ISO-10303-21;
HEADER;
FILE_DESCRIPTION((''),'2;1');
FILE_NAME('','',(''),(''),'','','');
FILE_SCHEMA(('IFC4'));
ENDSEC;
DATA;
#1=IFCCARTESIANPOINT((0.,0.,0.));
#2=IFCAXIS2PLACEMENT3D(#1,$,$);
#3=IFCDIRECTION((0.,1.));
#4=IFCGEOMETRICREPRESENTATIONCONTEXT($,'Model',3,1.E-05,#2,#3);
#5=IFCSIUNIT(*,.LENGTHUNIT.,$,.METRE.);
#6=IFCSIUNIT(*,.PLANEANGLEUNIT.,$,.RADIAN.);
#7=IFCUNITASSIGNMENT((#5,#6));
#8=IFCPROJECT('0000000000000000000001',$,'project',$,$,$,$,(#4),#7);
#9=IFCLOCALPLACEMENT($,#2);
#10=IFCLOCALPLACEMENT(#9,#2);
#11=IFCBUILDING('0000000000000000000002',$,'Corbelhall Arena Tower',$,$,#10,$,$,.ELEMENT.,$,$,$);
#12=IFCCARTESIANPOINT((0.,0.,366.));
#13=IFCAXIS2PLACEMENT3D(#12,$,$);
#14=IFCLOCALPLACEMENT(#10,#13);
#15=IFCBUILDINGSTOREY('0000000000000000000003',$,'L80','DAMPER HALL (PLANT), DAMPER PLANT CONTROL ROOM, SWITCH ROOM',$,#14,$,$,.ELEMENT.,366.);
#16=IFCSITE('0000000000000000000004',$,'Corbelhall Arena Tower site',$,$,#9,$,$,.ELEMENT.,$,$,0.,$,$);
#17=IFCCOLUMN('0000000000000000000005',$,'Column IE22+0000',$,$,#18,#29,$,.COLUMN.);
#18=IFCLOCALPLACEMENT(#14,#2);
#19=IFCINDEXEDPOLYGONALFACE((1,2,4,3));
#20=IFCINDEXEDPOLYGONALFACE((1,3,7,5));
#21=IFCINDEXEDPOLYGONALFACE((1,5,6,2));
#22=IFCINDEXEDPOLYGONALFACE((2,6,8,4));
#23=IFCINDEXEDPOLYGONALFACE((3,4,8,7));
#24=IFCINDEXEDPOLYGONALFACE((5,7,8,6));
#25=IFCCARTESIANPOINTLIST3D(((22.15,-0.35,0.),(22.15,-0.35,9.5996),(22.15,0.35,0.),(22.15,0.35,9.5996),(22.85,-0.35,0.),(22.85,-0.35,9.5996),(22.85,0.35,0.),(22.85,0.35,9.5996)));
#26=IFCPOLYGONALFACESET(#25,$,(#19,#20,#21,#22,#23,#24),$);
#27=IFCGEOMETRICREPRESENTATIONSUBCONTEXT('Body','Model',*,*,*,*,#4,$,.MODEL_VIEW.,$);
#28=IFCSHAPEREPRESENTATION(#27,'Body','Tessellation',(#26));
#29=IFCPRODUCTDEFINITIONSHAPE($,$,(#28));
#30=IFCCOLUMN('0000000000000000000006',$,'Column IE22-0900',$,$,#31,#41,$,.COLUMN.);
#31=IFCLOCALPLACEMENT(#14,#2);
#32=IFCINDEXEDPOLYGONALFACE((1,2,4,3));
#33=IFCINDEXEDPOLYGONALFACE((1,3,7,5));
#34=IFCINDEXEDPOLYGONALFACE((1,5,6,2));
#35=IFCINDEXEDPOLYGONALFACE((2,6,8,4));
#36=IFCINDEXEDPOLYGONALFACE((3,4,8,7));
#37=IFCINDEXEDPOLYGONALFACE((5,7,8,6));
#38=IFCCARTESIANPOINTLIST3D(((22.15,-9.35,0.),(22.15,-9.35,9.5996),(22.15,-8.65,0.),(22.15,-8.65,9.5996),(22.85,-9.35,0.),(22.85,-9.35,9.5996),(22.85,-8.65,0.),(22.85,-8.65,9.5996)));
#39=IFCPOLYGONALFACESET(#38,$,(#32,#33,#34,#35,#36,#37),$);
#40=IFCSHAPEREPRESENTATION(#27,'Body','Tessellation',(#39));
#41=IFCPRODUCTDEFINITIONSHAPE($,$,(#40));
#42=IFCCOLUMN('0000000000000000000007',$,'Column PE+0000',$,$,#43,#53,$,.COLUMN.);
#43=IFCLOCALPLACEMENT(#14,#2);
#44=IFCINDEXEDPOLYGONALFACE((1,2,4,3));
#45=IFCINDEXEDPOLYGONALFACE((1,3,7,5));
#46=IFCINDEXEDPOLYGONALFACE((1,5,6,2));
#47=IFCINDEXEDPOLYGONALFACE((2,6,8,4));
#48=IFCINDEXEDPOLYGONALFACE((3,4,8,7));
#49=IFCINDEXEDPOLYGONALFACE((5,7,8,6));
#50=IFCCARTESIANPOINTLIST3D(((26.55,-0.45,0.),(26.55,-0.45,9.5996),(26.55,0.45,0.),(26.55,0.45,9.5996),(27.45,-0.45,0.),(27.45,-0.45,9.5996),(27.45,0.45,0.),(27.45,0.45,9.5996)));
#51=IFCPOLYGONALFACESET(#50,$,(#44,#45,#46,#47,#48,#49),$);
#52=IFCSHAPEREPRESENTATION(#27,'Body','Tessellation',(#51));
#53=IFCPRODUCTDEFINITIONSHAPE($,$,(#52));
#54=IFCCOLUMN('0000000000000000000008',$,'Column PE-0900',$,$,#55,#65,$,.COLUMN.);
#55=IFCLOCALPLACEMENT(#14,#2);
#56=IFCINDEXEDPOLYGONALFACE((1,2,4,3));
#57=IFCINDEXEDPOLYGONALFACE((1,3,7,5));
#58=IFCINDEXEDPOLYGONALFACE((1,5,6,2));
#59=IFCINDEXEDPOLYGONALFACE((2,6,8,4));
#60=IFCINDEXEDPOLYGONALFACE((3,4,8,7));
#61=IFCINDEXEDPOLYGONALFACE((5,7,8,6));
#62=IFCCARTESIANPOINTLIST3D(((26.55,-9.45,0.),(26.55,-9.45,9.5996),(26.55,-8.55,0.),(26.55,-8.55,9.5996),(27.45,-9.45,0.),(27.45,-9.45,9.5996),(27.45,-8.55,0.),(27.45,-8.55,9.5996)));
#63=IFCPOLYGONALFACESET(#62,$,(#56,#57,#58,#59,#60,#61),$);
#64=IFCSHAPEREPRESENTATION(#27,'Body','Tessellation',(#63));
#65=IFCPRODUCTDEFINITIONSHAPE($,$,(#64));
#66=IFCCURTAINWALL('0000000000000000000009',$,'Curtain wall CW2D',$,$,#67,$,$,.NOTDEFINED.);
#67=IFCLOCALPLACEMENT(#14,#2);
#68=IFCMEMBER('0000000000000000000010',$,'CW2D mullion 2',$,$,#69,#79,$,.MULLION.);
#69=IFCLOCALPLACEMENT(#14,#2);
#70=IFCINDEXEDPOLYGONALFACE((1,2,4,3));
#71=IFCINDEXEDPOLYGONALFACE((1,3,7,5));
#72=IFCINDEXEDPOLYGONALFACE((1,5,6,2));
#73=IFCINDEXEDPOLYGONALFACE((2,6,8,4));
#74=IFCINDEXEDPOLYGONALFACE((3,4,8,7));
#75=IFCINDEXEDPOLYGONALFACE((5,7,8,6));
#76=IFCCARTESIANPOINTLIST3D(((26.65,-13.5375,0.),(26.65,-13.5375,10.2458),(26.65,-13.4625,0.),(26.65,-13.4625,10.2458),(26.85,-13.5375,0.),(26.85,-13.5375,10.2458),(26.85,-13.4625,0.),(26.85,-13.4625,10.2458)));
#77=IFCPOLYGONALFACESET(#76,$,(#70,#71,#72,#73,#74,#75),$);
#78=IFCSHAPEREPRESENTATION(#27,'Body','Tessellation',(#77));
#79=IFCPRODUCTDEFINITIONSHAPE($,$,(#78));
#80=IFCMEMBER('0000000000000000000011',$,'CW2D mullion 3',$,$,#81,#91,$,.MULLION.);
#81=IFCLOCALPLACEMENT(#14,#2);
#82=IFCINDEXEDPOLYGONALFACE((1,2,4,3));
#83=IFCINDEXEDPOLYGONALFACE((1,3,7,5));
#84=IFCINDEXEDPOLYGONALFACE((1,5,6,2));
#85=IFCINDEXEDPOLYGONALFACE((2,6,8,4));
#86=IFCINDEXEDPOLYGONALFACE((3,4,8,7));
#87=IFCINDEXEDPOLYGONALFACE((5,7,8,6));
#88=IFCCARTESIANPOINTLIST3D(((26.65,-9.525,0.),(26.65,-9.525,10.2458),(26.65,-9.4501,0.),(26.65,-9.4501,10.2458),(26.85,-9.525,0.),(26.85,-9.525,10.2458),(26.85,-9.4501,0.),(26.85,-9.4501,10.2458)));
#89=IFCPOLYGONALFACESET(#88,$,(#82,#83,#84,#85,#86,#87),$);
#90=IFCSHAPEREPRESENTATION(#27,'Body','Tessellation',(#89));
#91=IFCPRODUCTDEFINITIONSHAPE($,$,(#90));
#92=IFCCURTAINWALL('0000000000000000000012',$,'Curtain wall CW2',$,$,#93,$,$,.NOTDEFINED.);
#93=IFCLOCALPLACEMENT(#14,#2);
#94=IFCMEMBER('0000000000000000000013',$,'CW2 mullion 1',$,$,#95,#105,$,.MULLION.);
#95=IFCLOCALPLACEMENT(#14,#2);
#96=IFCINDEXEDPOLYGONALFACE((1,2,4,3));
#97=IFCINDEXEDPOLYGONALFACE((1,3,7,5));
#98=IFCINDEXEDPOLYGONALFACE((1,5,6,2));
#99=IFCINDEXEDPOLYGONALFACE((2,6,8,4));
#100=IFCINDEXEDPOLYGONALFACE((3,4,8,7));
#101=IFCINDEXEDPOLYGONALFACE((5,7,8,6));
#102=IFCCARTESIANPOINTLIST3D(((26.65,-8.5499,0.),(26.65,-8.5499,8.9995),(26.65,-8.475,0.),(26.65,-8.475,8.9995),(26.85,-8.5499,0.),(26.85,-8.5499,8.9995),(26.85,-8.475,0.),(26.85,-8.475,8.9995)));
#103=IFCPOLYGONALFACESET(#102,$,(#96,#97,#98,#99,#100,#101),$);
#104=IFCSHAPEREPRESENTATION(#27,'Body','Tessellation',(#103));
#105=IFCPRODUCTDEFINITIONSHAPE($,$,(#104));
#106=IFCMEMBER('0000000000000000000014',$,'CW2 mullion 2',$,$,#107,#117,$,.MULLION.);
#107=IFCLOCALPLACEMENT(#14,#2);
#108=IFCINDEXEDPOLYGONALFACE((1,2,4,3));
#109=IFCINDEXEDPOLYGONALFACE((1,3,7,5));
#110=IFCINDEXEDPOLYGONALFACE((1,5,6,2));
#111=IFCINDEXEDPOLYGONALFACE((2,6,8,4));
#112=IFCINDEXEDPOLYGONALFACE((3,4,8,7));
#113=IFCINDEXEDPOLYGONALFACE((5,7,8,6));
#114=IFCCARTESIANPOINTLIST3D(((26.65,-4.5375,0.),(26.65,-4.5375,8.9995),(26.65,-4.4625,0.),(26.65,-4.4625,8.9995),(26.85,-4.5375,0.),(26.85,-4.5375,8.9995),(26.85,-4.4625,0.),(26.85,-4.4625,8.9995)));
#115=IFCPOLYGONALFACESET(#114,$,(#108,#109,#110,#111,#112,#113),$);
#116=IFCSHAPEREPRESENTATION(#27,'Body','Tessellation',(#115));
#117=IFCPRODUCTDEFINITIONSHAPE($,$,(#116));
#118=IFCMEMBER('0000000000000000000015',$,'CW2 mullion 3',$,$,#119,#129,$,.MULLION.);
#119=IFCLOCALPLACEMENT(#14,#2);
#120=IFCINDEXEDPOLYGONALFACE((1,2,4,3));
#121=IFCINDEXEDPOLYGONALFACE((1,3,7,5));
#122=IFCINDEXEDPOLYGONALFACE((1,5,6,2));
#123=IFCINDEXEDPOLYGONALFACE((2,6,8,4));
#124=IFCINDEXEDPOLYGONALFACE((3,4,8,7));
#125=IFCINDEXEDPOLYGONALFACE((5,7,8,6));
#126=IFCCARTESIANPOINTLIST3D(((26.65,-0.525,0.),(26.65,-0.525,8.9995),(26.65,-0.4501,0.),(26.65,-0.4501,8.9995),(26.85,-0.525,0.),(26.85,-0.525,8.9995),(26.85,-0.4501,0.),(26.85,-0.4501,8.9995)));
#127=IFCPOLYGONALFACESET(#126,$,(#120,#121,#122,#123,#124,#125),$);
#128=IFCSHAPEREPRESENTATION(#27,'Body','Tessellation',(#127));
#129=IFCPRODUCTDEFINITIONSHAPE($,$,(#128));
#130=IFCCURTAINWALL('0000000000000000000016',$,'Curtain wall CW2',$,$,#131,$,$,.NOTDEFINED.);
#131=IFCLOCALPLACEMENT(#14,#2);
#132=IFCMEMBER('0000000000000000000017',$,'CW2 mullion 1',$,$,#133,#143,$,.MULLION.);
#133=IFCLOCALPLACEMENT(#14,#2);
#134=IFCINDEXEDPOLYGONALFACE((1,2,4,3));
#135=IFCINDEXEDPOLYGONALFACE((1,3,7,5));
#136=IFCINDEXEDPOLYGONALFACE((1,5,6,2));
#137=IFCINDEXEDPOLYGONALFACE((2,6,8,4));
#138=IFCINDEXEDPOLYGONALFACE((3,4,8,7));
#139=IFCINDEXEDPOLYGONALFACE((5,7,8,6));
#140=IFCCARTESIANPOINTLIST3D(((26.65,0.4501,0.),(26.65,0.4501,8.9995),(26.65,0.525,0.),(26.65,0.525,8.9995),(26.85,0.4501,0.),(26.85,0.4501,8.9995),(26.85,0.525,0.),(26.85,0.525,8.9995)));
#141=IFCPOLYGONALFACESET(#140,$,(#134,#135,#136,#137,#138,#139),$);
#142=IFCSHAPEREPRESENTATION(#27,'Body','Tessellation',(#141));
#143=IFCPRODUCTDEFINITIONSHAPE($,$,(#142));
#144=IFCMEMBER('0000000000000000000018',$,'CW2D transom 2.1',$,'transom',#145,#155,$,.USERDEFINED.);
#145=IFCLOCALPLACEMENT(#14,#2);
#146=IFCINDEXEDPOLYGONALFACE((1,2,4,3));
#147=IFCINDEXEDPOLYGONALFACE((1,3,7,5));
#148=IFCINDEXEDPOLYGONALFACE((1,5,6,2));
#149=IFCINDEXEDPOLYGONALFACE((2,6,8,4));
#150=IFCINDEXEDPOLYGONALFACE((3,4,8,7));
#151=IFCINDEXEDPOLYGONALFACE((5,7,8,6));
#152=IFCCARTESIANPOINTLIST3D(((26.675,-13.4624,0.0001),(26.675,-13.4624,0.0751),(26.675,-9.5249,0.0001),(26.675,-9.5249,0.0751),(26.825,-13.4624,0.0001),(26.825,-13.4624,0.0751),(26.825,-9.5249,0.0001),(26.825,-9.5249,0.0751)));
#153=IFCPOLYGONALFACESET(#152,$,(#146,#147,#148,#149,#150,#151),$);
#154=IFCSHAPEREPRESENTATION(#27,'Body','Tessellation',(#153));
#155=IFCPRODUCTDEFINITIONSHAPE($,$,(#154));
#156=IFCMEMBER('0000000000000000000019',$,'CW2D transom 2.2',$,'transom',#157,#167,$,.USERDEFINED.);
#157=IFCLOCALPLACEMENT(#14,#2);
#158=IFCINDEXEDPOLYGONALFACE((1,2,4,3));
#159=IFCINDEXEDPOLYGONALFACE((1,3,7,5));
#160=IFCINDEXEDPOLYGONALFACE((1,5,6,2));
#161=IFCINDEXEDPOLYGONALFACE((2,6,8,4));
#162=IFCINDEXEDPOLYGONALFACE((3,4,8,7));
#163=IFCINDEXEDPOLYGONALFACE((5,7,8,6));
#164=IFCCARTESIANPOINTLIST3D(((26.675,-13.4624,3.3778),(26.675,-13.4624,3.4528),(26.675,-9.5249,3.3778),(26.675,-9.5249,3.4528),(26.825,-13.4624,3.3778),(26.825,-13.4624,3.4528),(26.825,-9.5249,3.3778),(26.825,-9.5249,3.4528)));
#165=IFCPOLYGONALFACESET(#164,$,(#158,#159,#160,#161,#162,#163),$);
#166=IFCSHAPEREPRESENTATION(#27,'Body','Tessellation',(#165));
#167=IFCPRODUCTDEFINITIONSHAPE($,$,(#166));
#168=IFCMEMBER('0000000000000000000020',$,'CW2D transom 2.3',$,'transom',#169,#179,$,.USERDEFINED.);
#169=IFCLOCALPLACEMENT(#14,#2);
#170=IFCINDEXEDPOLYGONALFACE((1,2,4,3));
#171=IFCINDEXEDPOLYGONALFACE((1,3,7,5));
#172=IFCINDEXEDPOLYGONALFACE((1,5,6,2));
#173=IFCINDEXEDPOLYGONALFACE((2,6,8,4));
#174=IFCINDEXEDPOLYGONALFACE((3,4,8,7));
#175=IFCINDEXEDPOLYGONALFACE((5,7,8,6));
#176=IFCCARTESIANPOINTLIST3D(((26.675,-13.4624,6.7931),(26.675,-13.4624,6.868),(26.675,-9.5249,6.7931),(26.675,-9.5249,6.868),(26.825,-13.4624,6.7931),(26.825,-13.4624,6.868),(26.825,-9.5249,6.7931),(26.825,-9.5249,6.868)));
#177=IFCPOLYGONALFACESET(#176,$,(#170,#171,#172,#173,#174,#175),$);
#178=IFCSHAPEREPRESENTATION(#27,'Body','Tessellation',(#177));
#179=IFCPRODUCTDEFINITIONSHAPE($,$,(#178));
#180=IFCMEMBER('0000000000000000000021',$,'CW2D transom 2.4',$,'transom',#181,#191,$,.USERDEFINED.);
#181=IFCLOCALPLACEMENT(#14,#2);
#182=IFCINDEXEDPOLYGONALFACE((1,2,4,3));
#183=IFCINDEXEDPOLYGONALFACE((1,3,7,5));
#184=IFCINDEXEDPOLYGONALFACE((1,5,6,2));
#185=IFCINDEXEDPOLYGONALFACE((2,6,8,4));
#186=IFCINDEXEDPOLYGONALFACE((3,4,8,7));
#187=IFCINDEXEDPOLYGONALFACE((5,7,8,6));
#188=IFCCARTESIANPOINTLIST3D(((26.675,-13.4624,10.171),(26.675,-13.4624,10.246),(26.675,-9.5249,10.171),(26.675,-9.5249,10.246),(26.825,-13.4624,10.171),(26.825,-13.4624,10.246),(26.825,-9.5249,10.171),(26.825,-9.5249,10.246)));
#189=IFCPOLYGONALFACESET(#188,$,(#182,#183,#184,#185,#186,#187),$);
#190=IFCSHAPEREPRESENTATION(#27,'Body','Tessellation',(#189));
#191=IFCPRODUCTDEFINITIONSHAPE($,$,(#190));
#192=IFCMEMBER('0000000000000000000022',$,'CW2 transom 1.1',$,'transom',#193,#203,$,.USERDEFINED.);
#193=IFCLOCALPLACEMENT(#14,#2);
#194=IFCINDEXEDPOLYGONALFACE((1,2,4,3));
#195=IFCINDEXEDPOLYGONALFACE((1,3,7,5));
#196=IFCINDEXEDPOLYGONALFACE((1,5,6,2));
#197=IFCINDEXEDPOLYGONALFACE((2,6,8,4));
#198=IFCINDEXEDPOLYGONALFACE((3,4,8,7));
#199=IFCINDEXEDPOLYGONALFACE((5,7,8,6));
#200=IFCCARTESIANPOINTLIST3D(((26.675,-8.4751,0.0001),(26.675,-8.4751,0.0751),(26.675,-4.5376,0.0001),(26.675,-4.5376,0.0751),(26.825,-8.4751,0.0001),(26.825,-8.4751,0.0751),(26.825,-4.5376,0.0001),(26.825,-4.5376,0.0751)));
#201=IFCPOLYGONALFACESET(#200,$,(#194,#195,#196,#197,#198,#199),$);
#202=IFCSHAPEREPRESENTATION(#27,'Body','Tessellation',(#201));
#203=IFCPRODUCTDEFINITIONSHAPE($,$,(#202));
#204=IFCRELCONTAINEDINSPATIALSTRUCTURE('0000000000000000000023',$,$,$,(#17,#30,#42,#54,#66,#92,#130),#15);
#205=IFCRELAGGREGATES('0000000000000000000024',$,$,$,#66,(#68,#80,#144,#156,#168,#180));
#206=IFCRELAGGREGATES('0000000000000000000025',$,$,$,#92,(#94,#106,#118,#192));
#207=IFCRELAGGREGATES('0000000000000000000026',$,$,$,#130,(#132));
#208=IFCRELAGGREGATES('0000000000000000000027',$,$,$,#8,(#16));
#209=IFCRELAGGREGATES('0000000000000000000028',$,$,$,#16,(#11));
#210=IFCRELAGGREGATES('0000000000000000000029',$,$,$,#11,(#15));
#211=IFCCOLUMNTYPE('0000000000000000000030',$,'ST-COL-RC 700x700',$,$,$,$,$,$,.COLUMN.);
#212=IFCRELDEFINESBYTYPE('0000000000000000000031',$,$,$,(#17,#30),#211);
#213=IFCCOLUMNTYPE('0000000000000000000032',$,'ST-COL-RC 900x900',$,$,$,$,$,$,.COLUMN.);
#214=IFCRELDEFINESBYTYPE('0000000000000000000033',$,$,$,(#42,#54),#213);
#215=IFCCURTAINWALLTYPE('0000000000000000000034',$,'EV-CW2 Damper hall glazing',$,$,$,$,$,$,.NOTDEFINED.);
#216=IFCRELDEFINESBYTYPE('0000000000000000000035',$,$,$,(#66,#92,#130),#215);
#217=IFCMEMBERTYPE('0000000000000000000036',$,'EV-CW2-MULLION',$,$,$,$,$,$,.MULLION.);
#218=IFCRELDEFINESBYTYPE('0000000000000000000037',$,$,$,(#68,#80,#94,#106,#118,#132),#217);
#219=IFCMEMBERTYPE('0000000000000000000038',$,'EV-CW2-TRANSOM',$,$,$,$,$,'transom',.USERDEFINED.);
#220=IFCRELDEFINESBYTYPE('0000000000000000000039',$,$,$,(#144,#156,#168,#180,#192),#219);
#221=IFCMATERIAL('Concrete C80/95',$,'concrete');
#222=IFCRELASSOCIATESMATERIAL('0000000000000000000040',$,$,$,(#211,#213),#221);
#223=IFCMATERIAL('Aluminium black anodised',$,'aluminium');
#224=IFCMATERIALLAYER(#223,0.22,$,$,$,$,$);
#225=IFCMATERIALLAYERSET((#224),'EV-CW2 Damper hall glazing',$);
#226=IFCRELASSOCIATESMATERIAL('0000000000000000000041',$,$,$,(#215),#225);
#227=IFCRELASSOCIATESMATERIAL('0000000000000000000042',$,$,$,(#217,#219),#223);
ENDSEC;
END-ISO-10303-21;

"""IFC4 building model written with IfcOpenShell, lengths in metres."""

from ifc_helpers import new_model, si_unit, direction, frame, origin, origin_2d, place, context, subcontext, project, spatial, rectangle, extrude, material, layer, layer_set, material_profile, profile_set, type_object, element, aggregate, save


model = new_model("IFC4")

# Units and contexts
model_context = context("Model", 3, precision=1e-05, world=origin(), true_north=direction((0.0, 1.0)))
body_context = subcontext(model_context, "Body", "Model", "MODEL_VIEW")
ifc_project = project(units=[si_unit("LENGTHUNIT", "METRE"), si_unit("PLANEANGLEUNIT", "RADIAN")], contexts=[model_context])

# Site, building, storey
site_placement = place(None, origin())
site = spatial("IfcSite", under=ifc_project, at=site_placement, Name="Corbelhall Arena Tower site", CompositionType="ELEMENT", RefElevation=0.0)
building_placement = place(site_placement, origin())
building = spatial("IfcBuilding", under=site, at=building_placement, Name="Corbelhall Arena Tower", CompositionType="ELEMENT")
storey_placement = place(building_placement, frame((0.0, 0.0, 366.0)))
storey = spatial("IfcBuildingStorey", under=building, at=storey_placement, Name="L80", Description="DAMPER HALL (PLANT), DAMPER PLANT CONTROL ROOM, SWITCH ROOM", CompositionType="ELEMENT", Elevation=366.0)

# Columns
ifc_material_1 = material(Name="Concrete C80/95", Category="concrete")
ifc_material_profile_1 = material_profile(ifc_material_1, rectangle(XDim=0.7, YDim=0.7, at=origin_2d()))
ifc_profile_set_1 = profile_set([ifc_material_profile_1], Name="Concrete C80/95")
column_type_1 = type_object("IfcColumnType", Name="ST-COL-RC 700x700", PredefinedType="COLUMN", material=ifc_profile_set_1)
for number, where, z_axis, x_axis, name in (
    (1, (22.5, 0.0, 0.0), (0.0, 0.0, 1.0), (1.0, 0.0, 0.0), "Column IE22+0000"),
    (2, (22.5, -9.0, 0.0), (0.0, 0.0, 1.0), (1.0, 0.0, 0.0), "Column IE22-0900"),
):
    element("IfcColumn", number, at=place(storey_placement, frame(where, z_axis=z_axis, x_axis=x_axis)), inside=storey, type_object=column_type_1, Name=name, PredefinedType="COLUMN", context=body_context, shape_type="SweptSolid", body=[
        extrude(rectangle(XDim=0.7, YDim=0.7, at=origin_2d()), origin(), (0.0, 0.0, 1.0), 9.5996),
    ])
ifc_material_profile_2 = material_profile(ifc_material_1, rectangle(XDim=0.8999, YDim=0.8999, at=origin_2d()))
ifc_profile_set_2 = profile_set([ifc_material_profile_2], Name="Concrete C80/95")
column_type_2 = type_object("IfcColumnType", Name="ST-COL-RC 900x900", PredefinedType="COLUMN", material=ifc_profile_set_2)
for number, where, z_axis, x_axis, name in (
    (3, (27.0, 0.0, 0.0), (0.0, 0.0, 1.0), (0.0, 1.0, 0.0), "Column PE+0000"),
    (4, (27.0, -9.0, 0.0), (0.0, 0.0, 1.0), (0.0, 1.0, 0.0), "Column PE-0900"),
):
    element("IfcColumn", number, at=place(storey_placement, frame(where, z_axis=z_axis, x_axis=x_axis)), inside=storey, type_object=column_type_2, Name=name, PredefinedType="COLUMN", context=body_context, shape_type="SweptSolid", body=[
        extrude(rectangle(XDim=0.8999, YDim=0.8999, at=origin_2d()), origin(), (0.0, 0.0, 1.0), 9.5996),
    ])

# Curtain walls, members
ifc_material_2 = material(Name="Aluminium black anodised", Category="aluminium")
ifc_layer_1 = layer(ifc_material_2, 0.22)
ifc_layer_set_1 = layer_set([ifc_layer_1], Name="EV-CW2 Damper hall glazing")
curtain_wall_type = type_object("IfcCurtainWallType", Name="EV-CW2 Damper hall glazing", PredefinedType="NOTDEFINED", material=ifc_layer_set_1)
curtain_wall_1_placement = place(storey_placement, origin())
curtain_wall_1 = element("IfcCurtainWall", 5, at=curtain_wall_1_placement, inside=storey, type_object=curtain_wall_type, Name="Curtain wall CW2D", PredefinedType="NOTDEFINED")
ifc_material_profile_3 = material_profile(ifc_material_2, rectangle(XDim=0.2, YDim=0.075, at=origin_2d()))
ifc_profile_set_3 = profile_set([ifc_material_profile_3], Name="Aluminium black anodised")
member_type_1 = type_object("IfcMemberType", Name="EV-CW2-MULLION", PredefinedType="MULLION", material=ifc_profile_set_3)
member_1_placement = place(storey_placement, frame((26.75, -13.5, 0.0), z_axis=(0.0, 0.0, 1.0), x_axis=(-1.0, 0.0, 0.0)))
member_1 = element("IfcMember", 6, at=member_1_placement, type_object=member_type_1, Name="CW2D mullion 2", PredefinedType="MULLION", context=body_context, shape_type="SweptSolid", body=[
    extrude(rectangle(XDim=0.2, YDim=0.075, at=origin_2d()), origin(), (0.0, 0.0, 1.0), 10.2458),
])
member_2_placement = place(storey_placement, frame((26.75, -9.4875, 0.0), z_axis=(0.0, 0.0, 1.0), x_axis=(-1.0, 0.0, 0.0)))
member_2 = element("IfcMember", 7, at=member_2_placement, type_object=member_type_1, Name="CW2D mullion 3", PredefinedType="MULLION", context=body_context, shape_type="SweptSolid", body=[
    extrude(rectangle(XDim=0.2, YDim=0.075, at=origin_2d()), origin(), (0.0, 0.0, 1.0), 10.2458),
])
curtain_wall_2_placement = place(storey_placement, origin())
curtain_wall_2 = element("IfcCurtainWall", 8, at=curtain_wall_2_placement, inside=storey, type_object=curtain_wall_type, Name="Curtain wall CW2", PredefinedType="NOTDEFINED")
member_3_placement = place(storey_placement, frame((26.75, -8.5125, 0.0), z_axis=(0.0, 0.0, 1.0), x_axis=(-1.0, 0.0, 0.0)))
member_3 = element("IfcMember", 9, at=member_3_placement, type_object=member_type_1, Name="CW2 mullion 1", PredefinedType="MULLION", context=body_context, shape_type="SweptSolid", body=[
    extrude(rectangle(XDim=0.2, YDim=0.075, at=origin_2d()), origin(), (0.0, 0.0, 1.0), 8.9995),
])
member_4_placement = place(storey_placement, frame((26.75, -4.5, 0.0), z_axis=(0.0, 0.0, 1.0), x_axis=(-1.0, 0.0, 0.0)))
member_4 = element("IfcMember", 10, at=member_4_placement, type_object=member_type_1, Name="CW2 mullion 2", PredefinedType="MULLION", context=body_context, shape_type="SweptSolid", body=[
    extrude(rectangle(XDim=0.2, YDim=0.075, at=origin_2d()), origin(), (0.0, 0.0, 1.0), 8.9995),
])
member_5_placement = place(storey_placement, frame((26.75, -0.4875, 0.0), z_axis=(0.0, 0.0, 1.0), x_axis=(-1.0, 0.0, 0.0)))
member_5 = element("IfcMember", 11, at=member_5_placement, type_object=member_type_1, Name="CW2 mullion 3", PredefinedType="MULLION", context=body_context, shape_type="SweptSolid", body=[
    extrude(rectangle(XDim=0.2, YDim=0.075, at=origin_2d()), origin(), (0.0, 0.0, 1.0), 8.9995),
])

# Curtain wall, member
curtain_wall_3_placement = place(storey_placement, origin())
curtain_wall_3 = element("IfcCurtainWall", 12, at=curtain_wall_3_placement, inside=storey, type_object=curtain_wall_type, Name="Curtain wall CW2", PredefinedType="NOTDEFINED")
member_6_placement = place(storey_placement, frame((26.75, 0.4875, 0.0), z_axis=(0.0, 0.0, 1.0), x_axis=(-1.0, 0.0, 0.0)))
member_6 = element("IfcMember", 13, at=member_6_placement, type_object=member_type_1, Name="CW2 mullion 1", PredefinedType="MULLION", context=body_context, shape_type="SweptSolid", body=[
    extrude(rectangle(XDim=0.2, YDim=0.075, at=origin_2d()), origin(), (0.0, 0.0, 1.0), 8.9995),
])

# Members
ifc_material_profile_4 = material_profile(ifc_material_2, rectangle(XDim=0.1499, YDim=0.075, at=origin_2d()))
ifc_profile_set_4 = profile_set([ifc_material_profile_4], Name="Aluminium black anodised")
member_type_2 = type_object("IfcMemberType", Name="EV-CW2-TRANSOM", ElementType="transom", PredefinedType="USERDEFINED", material=ifc_profile_set_4)
member_7_placement = place(storey_placement, frame((26.75, -13.4624, 0.0376), z_axis=(0.0, 1.0, 0.0), x_axis=(-1.0, 0.0, 0.0)))
member_7 = element("IfcMember", 14, at=member_7_placement, type_object=member_type_2, Name="CW2D transom 2.1", ObjectType="transom", PredefinedType="USERDEFINED", context=body_context, shape_type="SweptSolid", body=[
    extrude(rectangle(XDim=0.1499, YDim=0.075, at=origin_2d()), origin(), (0.0, 0.0, 1.0), 3.9375),
])
member_8_placement = place(storey_placement, frame((26.75, -13.4624, 3.4153), z_axis=(0.0, 1.0, 0.0), x_axis=(-1.0, 0.0, 0.0)))
member_8 = element("IfcMember", 15, at=member_8_placement, type_object=member_type_2, Name="CW2D transom 2.2", ObjectType="transom", PredefinedType="USERDEFINED", context=body_context, shape_type="SweptSolid", body=[
    extrude(rectangle(XDim=0.1499, YDim=0.075, at=origin_2d()), origin(), (0.0, 0.0, 1.0), 3.9375),
])
member_9_placement = place(storey_placement, frame((26.75, -13.4624, 6.8306), z_axis=(0.0, 1.0, 0.0), x_axis=(-1.0, 0.0, 0.0)))
member_9 = element("IfcMember", 16, at=member_9_placement, type_object=member_type_2, Name="CW2D transom 2.3", ObjectType="transom", PredefinedType="USERDEFINED", context=body_context, shape_type="SweptSolid", body=[
    extrude(rectangle(XDim=0.1499, YDim=0.075, at=origin_2d()), origin(), (0.0, 0.0, 1.0), 3.9375),
])
member_10_placement = place(storey_placement, frame((26.75, -13.4624, 10.2085), z_axis=(0.0, 1.0, 0.0), x_axis=(-1.0, 0.0, 0.0)))
member_10 = element("IfcMember", 17, at=member_10_placement, type_object=member_type_2, Name="CW2D transom 2.4", ObjectType="transom", PredefinedType="USERDEFINED", context=body_context, shape_type="SweptSolid", body=[
    extrude(rectangle(XDim=0.1499, YDim=0.075, at=origin_2d()), origin(), (0.0, 0.0, 1.0), 3.9375),
])
member_11_placement = place(storey_placement, frame((26.75, -8.4751, 0.0376), z_axis=(0.0, 1.0, 0.0), x_axis=(-1.0, 0.0, 0.0)))
member_11 = element("IfcMember", 18, at=member_11_placement, type_object=member_type_2, Name="CW2 transom 1.1", ObjectType="transom", PredefinedType="USERDEFINED", context=body_context, shape_type="SweptSolid", body=[
    extrude(rectangle(XDim=0.1499, YDim=0.075, at=origin_2d()), origin(), (0.0, 0.0, 1.0), 3.9375),
])

aggregate(curtain_wall_1, [member_1, member_2, member_7, member_8, member_9, member_10])
aggregate(curtain_wall_2, [member_3, member_4, member_5, member_11])
aggregate(curtain_wall_3, [member_6])

save(model, "model.ifc")
